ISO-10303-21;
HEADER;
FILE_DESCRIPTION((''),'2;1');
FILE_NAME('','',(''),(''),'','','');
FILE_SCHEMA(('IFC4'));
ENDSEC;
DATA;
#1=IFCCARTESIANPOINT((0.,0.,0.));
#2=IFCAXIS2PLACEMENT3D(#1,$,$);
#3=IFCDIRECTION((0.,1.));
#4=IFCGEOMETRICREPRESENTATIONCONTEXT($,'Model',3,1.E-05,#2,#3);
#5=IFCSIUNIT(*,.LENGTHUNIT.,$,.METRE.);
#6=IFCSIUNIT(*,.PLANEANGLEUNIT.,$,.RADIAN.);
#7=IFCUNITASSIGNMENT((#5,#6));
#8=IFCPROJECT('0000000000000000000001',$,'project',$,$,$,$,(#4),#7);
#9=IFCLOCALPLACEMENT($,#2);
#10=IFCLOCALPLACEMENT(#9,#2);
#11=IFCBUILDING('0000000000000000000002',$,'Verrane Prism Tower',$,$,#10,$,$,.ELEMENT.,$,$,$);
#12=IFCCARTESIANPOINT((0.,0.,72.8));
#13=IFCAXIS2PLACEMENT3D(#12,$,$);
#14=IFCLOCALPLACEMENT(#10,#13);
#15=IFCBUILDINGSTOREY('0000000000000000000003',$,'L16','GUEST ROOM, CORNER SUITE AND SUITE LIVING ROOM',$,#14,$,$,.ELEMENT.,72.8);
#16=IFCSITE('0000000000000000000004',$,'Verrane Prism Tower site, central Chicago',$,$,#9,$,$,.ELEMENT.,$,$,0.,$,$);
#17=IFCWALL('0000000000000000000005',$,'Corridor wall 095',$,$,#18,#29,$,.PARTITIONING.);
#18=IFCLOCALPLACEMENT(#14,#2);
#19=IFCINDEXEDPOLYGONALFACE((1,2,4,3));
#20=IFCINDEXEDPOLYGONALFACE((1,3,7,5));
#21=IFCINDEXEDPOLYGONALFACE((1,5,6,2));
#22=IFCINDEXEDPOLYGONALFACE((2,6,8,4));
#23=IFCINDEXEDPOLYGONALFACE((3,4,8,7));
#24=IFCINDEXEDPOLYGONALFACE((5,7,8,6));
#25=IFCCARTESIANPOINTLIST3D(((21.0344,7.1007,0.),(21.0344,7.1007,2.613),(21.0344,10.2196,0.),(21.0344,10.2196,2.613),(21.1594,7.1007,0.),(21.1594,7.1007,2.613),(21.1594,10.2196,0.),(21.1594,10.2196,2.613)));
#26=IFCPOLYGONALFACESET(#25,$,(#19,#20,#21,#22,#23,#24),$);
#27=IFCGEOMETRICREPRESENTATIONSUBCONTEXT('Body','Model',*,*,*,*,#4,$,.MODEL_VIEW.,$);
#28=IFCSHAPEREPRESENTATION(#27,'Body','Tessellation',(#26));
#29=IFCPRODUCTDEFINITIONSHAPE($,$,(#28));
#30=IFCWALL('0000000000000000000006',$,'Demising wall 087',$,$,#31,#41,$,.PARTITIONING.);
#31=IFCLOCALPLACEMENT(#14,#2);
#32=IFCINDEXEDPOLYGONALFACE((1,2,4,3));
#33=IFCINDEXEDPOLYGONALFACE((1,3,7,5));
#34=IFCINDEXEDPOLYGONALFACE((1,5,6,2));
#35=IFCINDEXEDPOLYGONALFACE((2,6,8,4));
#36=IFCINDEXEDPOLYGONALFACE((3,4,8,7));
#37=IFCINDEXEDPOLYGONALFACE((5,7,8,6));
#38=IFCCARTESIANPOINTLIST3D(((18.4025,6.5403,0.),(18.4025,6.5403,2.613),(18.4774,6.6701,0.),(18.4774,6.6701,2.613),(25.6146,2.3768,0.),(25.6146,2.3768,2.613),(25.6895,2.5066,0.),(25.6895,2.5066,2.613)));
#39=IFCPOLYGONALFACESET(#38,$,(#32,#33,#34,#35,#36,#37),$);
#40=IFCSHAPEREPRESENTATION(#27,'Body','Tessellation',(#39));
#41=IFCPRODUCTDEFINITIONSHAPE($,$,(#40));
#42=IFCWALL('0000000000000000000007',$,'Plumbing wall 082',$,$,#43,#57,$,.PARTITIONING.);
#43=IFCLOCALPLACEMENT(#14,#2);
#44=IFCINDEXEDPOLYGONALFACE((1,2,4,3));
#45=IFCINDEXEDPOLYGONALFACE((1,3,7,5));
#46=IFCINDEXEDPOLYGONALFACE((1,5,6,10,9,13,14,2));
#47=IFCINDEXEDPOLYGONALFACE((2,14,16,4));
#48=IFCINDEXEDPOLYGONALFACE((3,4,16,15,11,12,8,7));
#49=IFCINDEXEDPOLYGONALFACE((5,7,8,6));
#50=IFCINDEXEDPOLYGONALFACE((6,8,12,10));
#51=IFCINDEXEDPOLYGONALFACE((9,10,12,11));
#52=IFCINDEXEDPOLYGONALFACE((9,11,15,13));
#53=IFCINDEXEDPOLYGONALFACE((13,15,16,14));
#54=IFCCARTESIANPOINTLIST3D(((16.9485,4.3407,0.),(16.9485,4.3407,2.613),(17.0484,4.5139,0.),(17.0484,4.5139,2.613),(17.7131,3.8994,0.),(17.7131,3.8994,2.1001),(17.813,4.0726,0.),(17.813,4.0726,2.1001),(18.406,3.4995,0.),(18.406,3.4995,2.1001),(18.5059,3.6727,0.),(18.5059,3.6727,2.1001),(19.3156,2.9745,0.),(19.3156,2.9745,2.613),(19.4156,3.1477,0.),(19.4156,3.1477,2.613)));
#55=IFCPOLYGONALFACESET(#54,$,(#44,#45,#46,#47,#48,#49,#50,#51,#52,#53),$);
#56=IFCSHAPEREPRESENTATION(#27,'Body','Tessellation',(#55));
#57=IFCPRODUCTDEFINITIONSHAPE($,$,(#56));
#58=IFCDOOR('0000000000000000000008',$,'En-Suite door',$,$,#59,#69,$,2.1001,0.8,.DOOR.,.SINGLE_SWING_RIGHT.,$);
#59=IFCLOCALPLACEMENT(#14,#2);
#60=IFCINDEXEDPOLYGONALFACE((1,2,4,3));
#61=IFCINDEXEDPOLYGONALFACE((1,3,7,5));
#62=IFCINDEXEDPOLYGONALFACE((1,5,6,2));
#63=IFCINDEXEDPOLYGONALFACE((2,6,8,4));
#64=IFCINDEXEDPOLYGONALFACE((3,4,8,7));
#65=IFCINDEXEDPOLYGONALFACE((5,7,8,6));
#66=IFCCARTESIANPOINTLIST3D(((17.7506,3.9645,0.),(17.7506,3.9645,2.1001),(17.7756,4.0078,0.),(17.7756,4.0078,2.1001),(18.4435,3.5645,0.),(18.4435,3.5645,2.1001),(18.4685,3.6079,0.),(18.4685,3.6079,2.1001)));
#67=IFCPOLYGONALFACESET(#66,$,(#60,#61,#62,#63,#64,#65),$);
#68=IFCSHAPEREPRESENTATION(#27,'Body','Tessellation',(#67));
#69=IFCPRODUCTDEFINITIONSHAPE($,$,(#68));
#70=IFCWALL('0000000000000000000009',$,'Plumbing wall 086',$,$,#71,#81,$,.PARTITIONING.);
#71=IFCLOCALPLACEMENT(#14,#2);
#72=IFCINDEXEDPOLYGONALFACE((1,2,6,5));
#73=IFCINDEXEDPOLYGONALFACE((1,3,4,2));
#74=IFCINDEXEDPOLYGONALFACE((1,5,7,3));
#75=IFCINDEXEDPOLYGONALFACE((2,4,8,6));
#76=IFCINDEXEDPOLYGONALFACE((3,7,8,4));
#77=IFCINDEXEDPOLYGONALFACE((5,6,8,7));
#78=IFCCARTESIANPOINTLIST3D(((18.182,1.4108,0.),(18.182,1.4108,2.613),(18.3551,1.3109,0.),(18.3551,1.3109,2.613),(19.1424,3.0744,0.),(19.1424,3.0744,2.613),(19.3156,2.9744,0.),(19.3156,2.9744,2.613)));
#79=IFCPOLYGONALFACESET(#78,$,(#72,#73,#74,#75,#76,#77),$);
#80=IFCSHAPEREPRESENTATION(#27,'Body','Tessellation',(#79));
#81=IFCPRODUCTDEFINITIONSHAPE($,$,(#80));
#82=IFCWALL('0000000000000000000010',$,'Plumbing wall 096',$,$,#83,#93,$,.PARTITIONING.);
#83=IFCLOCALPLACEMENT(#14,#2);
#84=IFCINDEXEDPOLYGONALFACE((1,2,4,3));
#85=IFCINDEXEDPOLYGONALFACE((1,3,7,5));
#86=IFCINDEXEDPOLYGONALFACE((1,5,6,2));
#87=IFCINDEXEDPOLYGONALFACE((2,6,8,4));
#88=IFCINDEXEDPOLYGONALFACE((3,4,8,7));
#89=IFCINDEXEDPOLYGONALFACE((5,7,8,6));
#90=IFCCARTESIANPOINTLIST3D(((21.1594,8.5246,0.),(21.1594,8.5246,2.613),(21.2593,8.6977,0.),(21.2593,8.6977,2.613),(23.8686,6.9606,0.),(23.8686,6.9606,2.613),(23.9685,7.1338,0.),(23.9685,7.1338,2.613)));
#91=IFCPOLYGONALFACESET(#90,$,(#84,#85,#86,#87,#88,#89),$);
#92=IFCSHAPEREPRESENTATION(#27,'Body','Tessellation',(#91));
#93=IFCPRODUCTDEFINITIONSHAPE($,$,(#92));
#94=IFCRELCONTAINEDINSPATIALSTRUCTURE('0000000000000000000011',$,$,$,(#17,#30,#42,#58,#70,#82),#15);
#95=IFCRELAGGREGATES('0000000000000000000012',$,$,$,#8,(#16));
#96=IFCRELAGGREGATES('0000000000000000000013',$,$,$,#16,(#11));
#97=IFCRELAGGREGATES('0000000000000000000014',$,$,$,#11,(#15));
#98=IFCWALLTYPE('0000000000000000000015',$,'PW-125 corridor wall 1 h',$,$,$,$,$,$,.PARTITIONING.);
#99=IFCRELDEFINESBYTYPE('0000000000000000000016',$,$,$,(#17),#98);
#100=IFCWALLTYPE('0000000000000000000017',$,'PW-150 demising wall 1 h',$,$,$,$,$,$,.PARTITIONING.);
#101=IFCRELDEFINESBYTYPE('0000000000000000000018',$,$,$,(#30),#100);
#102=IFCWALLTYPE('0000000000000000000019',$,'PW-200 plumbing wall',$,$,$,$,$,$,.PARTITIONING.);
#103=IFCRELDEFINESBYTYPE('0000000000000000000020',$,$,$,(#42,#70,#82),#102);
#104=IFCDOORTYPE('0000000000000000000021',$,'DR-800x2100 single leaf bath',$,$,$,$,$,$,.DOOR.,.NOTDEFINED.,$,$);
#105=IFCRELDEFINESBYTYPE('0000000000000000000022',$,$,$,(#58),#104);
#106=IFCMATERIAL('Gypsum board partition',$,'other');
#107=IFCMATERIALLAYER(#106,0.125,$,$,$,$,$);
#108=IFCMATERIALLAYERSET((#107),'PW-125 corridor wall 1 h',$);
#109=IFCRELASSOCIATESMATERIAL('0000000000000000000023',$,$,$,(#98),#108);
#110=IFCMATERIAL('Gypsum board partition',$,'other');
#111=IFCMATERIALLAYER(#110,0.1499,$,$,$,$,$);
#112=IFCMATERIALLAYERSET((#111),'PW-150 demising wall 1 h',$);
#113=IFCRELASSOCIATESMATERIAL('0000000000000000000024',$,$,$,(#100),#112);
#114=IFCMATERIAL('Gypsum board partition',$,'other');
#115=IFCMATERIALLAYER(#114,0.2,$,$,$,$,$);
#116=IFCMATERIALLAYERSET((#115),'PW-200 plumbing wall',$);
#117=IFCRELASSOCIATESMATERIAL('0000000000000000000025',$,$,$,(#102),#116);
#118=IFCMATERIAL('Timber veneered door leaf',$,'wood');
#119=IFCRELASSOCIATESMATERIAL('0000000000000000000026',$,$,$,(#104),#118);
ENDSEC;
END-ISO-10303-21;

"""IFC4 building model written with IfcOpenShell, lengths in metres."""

from ifc_helpers import new_model, si_unit, direction, frame, frame_2d, origin, place, context, subcontext, project, spatial, rectangle, extrude, material, layer, layer_set, type_object, element, fill, save


model = new_model("IFC4")

# Units and contexts
model_context = context("Model", 3, precision=1e-05, world=origin(), true_north=direction((0.0, 1.0)))
body_context = subcontext(model_context, "Body", "Model", "MODEL_VIEW")
ifc_project = project(units=[si_unit("LENGTHUNIT", "METRE"), si_unit("PLANEANGLEUNIT", "RADIAN")], contexts=[model_context])

# Site, building, storey
site_placement = place(None, origin())
site = spatial("IfcSite", under=ifc_project, at=site_placement, Name="Verrane Prism Tower site, central Chicago", CompositionType="ELEMENT", RefElevation=0.0)
building_placement = place(site_placement, origin())
building = spatial("IfcBuilding", under=site, at=building_placement, Name="Verrane Prism Tower", CompositionType="ELEMENT")
storey_placement = place(building_placement, frame((0.0, 0.0, 72.8)))
storey = spatial("IfcBuildingStorey", under=building, at=storey_placement, Name="L16", Description="GUEST ROOM, CORNER SUITE AND SUITE LIVING ROOM", CompositionType="ELEMENT", Elevation=72.8)

# Shared definitions
ifc_material_1 = material(Name="Gypsum board partition", Category="other")
ifc_layer_1 = layer(ifc_material_1, 0.125)
ifc_layer_set_1 = layer_set([ifc_layer_1], Name="PW-125 corridor wall 1 h")
wall_type_1 = type_object("IfcWallType", Name="PW-125 corridor wall 1 h", PredefinedType="PARTITIONING", material=ifc_layer_set_1)

# Walls
wall_1_placement = place(storey_placement, frame((21.0969, 7.1006, 0.0), z_axis=(0.0, 0.0, 1.0), x_axis=(0.0, 1.0, 0.0)))
element("IfcWall", 1, at=wall_1_placement, inside=storey, type_object=wall_type_1, Name="Corridor wall 095", PredefinedType="PARTITIONING", context=body_context, shape_type="SweptSolid", body=[
    extrude(rectangle(XDim=3.1189, YDim=0.125, at=frame_2d((1.5596, 0.0))), origin(), (0.0, 0.0, 1.0), 2.613),
])
ifc_material_2 = material(Name="Gypsum board partition", Category="other")
ifc_layer_2 = layer(ifc_material_2, 0.1499)
ifc_layer_set_2 = layer_set([ifc_layer_2], Name="PW-150 demising wall 1 h")
wall_type_2 = type_object("IfcWallType", Name="PW-150 demising wall 1 h", PredefinedType="PARTITIONING", material=ifc_layer_set_2)
wall_2_placement = place(storey_placement, frame((18.4399, 6.6052, 0.0), z_axis=(0.0, 0.0, 1.0), x_axis=(0.866044, -0.499967, 0.0)))
element("IfcWall", 2, at=wall_2_placement, inside=storey, type_object=wall_type_2, Name="Demising wall 087", PredefinedType="PARTITIONING", context=body_context, shape_type="SweptSolid", body=[
    extrude(rectangle(XDim=8.3276, YDim=0.1499, at=frame_2d((4.1638, 0.0))), origin(), (0.0, 0.0, 1.0), 2.613),
])

# Wall, opening, door
ifc_material_3 = material(Name="Gypsum board partition", Category="other")
ifc_layer_3 = layer(ifc_material_3, 0.2)
ifc_layer_set_3 = layer_set([ifc_layer_3], Name="PW-200 plumbing wall")
wall_type_3 = type_object("IfcWallType", Name="PW-200 plumbing wall", PredefinedType="PARTITIONING", material=ifc_layer_set_3)
wall_3_placement = place(storey_placement, frame((19.3657, 3.061, 0.0), z_axis=(0.0, 0.0, 1.0), x_axis=(-0.866102, 0.499867, 0.0)))
wall_3 = element("IfcWall", 3, at=wall_3_placement, inside=storey, type_object=wall_type_3, Name="Plumbing wall 082", PredefinedType="PARTITIONING", context=body_context, shape_type="SweptSolid", body=[
    extrude(rectangle(XDim=2.7332, YDim=0.2, at=frame_2d((1.3667, 0.0))), origin(), (0.0, 0.0, 1.0), 2.613),
])
opening_1_placement = place(wall_3_placement, frame((1.0505, 0.0, 0.0)))
opening_1 = element("IfcOpeningElement", 4, at=opening_1_placement, cuts=wall_3, PredefinedType="OPENING", context=body_context, shape_type="SweptSolid", body=[
    extrude(rectangle(XDim=0.8, YDim=2.1001, at=frame_2d((0.3999, 1.05))), frame((0.0, 0.1099, 0.0), z_axis=(0.0, -1.0, 0.0), x_axis=(1.0, 0.0, 0.0)), (0.0, 0.0, 1.0), 0.22),
])
ifc_material_4 = material(Name="Timber veneered door leaf", Category="wood")
door_type_1 = type_object("IfcDoorType", Name="DR-800x2100 single leaf bath", OperationType="NOTDEFINED", PredefinedType="DOOR", material=ifc_material_4)
door_1_placement = place(opening_1_placement, origin())
door_1 = element("IfcDoor", 5, at=door_1_placement, inside=storey, type_object=door_type_1, Name="En-Suite door", OperationType="SINGLE_SWING_RIGHT", OverallHeight=2.1001, OverallWidth=0.8, PredefinedType="DOOR", context=body_context, shape_type="SweptSolid", body=[
    extrude(rectangle(XDim=0.8, YDim=2.1001, at=frame_2d((0.3999, 1.05))), frame((0.0, 0.0249, 0.0), z_axis=(0.0, -1.0, 0.0), x_axis=(1.0, 0.0, 0.0)), (0.0, 0.0, 1.0), 0.05),
])
fill(opening_1, door_1)

# Walls
wall_4_placement = place(storey_placement, frame((18.2686, 1.3608, 0.0), z_axis=(0.0, 0.0, 1.0), x_axis=(0.499994, 0.866029, 0.0)))
element("IfcWall", 6, at=wall_4_placement, inside=storey, type_object=wall_type_3, Name="Plumbing wall 086", PredefinedType="PARTITIONING", context=body_context, shape_type="SweptSolid", body=[
    extrude(rectangle(XDim=1.9209, YDim=0.2, at=frame_2d((0.9604, 0.0))), origin(), (0.0, 0.0, 1.0), 2.613),
])
wall_5_placement = place(storey_placement, frame((21.2095, 8.6111, 0.0), z_axis=(0.0, 0.0, 1.0), x_axis=(0.866054, -0.49995, 0.0)))
element("IfcWall", 7, at=wall_5_placement, inside=storey, type_object=wall_type_3, Name="Plumbing wall 096", PredefinedType="PARTITIONING", context=body_context, shape_type="SweptSolid", body=[
    extrude(rectangle(XDim=3.1282, YDim=0.2, at=frame_2d((1.564, 0.0))), origin(), (0.0, 0.0, 1.0), 2.613),
])

save(model, "model.ifc")
